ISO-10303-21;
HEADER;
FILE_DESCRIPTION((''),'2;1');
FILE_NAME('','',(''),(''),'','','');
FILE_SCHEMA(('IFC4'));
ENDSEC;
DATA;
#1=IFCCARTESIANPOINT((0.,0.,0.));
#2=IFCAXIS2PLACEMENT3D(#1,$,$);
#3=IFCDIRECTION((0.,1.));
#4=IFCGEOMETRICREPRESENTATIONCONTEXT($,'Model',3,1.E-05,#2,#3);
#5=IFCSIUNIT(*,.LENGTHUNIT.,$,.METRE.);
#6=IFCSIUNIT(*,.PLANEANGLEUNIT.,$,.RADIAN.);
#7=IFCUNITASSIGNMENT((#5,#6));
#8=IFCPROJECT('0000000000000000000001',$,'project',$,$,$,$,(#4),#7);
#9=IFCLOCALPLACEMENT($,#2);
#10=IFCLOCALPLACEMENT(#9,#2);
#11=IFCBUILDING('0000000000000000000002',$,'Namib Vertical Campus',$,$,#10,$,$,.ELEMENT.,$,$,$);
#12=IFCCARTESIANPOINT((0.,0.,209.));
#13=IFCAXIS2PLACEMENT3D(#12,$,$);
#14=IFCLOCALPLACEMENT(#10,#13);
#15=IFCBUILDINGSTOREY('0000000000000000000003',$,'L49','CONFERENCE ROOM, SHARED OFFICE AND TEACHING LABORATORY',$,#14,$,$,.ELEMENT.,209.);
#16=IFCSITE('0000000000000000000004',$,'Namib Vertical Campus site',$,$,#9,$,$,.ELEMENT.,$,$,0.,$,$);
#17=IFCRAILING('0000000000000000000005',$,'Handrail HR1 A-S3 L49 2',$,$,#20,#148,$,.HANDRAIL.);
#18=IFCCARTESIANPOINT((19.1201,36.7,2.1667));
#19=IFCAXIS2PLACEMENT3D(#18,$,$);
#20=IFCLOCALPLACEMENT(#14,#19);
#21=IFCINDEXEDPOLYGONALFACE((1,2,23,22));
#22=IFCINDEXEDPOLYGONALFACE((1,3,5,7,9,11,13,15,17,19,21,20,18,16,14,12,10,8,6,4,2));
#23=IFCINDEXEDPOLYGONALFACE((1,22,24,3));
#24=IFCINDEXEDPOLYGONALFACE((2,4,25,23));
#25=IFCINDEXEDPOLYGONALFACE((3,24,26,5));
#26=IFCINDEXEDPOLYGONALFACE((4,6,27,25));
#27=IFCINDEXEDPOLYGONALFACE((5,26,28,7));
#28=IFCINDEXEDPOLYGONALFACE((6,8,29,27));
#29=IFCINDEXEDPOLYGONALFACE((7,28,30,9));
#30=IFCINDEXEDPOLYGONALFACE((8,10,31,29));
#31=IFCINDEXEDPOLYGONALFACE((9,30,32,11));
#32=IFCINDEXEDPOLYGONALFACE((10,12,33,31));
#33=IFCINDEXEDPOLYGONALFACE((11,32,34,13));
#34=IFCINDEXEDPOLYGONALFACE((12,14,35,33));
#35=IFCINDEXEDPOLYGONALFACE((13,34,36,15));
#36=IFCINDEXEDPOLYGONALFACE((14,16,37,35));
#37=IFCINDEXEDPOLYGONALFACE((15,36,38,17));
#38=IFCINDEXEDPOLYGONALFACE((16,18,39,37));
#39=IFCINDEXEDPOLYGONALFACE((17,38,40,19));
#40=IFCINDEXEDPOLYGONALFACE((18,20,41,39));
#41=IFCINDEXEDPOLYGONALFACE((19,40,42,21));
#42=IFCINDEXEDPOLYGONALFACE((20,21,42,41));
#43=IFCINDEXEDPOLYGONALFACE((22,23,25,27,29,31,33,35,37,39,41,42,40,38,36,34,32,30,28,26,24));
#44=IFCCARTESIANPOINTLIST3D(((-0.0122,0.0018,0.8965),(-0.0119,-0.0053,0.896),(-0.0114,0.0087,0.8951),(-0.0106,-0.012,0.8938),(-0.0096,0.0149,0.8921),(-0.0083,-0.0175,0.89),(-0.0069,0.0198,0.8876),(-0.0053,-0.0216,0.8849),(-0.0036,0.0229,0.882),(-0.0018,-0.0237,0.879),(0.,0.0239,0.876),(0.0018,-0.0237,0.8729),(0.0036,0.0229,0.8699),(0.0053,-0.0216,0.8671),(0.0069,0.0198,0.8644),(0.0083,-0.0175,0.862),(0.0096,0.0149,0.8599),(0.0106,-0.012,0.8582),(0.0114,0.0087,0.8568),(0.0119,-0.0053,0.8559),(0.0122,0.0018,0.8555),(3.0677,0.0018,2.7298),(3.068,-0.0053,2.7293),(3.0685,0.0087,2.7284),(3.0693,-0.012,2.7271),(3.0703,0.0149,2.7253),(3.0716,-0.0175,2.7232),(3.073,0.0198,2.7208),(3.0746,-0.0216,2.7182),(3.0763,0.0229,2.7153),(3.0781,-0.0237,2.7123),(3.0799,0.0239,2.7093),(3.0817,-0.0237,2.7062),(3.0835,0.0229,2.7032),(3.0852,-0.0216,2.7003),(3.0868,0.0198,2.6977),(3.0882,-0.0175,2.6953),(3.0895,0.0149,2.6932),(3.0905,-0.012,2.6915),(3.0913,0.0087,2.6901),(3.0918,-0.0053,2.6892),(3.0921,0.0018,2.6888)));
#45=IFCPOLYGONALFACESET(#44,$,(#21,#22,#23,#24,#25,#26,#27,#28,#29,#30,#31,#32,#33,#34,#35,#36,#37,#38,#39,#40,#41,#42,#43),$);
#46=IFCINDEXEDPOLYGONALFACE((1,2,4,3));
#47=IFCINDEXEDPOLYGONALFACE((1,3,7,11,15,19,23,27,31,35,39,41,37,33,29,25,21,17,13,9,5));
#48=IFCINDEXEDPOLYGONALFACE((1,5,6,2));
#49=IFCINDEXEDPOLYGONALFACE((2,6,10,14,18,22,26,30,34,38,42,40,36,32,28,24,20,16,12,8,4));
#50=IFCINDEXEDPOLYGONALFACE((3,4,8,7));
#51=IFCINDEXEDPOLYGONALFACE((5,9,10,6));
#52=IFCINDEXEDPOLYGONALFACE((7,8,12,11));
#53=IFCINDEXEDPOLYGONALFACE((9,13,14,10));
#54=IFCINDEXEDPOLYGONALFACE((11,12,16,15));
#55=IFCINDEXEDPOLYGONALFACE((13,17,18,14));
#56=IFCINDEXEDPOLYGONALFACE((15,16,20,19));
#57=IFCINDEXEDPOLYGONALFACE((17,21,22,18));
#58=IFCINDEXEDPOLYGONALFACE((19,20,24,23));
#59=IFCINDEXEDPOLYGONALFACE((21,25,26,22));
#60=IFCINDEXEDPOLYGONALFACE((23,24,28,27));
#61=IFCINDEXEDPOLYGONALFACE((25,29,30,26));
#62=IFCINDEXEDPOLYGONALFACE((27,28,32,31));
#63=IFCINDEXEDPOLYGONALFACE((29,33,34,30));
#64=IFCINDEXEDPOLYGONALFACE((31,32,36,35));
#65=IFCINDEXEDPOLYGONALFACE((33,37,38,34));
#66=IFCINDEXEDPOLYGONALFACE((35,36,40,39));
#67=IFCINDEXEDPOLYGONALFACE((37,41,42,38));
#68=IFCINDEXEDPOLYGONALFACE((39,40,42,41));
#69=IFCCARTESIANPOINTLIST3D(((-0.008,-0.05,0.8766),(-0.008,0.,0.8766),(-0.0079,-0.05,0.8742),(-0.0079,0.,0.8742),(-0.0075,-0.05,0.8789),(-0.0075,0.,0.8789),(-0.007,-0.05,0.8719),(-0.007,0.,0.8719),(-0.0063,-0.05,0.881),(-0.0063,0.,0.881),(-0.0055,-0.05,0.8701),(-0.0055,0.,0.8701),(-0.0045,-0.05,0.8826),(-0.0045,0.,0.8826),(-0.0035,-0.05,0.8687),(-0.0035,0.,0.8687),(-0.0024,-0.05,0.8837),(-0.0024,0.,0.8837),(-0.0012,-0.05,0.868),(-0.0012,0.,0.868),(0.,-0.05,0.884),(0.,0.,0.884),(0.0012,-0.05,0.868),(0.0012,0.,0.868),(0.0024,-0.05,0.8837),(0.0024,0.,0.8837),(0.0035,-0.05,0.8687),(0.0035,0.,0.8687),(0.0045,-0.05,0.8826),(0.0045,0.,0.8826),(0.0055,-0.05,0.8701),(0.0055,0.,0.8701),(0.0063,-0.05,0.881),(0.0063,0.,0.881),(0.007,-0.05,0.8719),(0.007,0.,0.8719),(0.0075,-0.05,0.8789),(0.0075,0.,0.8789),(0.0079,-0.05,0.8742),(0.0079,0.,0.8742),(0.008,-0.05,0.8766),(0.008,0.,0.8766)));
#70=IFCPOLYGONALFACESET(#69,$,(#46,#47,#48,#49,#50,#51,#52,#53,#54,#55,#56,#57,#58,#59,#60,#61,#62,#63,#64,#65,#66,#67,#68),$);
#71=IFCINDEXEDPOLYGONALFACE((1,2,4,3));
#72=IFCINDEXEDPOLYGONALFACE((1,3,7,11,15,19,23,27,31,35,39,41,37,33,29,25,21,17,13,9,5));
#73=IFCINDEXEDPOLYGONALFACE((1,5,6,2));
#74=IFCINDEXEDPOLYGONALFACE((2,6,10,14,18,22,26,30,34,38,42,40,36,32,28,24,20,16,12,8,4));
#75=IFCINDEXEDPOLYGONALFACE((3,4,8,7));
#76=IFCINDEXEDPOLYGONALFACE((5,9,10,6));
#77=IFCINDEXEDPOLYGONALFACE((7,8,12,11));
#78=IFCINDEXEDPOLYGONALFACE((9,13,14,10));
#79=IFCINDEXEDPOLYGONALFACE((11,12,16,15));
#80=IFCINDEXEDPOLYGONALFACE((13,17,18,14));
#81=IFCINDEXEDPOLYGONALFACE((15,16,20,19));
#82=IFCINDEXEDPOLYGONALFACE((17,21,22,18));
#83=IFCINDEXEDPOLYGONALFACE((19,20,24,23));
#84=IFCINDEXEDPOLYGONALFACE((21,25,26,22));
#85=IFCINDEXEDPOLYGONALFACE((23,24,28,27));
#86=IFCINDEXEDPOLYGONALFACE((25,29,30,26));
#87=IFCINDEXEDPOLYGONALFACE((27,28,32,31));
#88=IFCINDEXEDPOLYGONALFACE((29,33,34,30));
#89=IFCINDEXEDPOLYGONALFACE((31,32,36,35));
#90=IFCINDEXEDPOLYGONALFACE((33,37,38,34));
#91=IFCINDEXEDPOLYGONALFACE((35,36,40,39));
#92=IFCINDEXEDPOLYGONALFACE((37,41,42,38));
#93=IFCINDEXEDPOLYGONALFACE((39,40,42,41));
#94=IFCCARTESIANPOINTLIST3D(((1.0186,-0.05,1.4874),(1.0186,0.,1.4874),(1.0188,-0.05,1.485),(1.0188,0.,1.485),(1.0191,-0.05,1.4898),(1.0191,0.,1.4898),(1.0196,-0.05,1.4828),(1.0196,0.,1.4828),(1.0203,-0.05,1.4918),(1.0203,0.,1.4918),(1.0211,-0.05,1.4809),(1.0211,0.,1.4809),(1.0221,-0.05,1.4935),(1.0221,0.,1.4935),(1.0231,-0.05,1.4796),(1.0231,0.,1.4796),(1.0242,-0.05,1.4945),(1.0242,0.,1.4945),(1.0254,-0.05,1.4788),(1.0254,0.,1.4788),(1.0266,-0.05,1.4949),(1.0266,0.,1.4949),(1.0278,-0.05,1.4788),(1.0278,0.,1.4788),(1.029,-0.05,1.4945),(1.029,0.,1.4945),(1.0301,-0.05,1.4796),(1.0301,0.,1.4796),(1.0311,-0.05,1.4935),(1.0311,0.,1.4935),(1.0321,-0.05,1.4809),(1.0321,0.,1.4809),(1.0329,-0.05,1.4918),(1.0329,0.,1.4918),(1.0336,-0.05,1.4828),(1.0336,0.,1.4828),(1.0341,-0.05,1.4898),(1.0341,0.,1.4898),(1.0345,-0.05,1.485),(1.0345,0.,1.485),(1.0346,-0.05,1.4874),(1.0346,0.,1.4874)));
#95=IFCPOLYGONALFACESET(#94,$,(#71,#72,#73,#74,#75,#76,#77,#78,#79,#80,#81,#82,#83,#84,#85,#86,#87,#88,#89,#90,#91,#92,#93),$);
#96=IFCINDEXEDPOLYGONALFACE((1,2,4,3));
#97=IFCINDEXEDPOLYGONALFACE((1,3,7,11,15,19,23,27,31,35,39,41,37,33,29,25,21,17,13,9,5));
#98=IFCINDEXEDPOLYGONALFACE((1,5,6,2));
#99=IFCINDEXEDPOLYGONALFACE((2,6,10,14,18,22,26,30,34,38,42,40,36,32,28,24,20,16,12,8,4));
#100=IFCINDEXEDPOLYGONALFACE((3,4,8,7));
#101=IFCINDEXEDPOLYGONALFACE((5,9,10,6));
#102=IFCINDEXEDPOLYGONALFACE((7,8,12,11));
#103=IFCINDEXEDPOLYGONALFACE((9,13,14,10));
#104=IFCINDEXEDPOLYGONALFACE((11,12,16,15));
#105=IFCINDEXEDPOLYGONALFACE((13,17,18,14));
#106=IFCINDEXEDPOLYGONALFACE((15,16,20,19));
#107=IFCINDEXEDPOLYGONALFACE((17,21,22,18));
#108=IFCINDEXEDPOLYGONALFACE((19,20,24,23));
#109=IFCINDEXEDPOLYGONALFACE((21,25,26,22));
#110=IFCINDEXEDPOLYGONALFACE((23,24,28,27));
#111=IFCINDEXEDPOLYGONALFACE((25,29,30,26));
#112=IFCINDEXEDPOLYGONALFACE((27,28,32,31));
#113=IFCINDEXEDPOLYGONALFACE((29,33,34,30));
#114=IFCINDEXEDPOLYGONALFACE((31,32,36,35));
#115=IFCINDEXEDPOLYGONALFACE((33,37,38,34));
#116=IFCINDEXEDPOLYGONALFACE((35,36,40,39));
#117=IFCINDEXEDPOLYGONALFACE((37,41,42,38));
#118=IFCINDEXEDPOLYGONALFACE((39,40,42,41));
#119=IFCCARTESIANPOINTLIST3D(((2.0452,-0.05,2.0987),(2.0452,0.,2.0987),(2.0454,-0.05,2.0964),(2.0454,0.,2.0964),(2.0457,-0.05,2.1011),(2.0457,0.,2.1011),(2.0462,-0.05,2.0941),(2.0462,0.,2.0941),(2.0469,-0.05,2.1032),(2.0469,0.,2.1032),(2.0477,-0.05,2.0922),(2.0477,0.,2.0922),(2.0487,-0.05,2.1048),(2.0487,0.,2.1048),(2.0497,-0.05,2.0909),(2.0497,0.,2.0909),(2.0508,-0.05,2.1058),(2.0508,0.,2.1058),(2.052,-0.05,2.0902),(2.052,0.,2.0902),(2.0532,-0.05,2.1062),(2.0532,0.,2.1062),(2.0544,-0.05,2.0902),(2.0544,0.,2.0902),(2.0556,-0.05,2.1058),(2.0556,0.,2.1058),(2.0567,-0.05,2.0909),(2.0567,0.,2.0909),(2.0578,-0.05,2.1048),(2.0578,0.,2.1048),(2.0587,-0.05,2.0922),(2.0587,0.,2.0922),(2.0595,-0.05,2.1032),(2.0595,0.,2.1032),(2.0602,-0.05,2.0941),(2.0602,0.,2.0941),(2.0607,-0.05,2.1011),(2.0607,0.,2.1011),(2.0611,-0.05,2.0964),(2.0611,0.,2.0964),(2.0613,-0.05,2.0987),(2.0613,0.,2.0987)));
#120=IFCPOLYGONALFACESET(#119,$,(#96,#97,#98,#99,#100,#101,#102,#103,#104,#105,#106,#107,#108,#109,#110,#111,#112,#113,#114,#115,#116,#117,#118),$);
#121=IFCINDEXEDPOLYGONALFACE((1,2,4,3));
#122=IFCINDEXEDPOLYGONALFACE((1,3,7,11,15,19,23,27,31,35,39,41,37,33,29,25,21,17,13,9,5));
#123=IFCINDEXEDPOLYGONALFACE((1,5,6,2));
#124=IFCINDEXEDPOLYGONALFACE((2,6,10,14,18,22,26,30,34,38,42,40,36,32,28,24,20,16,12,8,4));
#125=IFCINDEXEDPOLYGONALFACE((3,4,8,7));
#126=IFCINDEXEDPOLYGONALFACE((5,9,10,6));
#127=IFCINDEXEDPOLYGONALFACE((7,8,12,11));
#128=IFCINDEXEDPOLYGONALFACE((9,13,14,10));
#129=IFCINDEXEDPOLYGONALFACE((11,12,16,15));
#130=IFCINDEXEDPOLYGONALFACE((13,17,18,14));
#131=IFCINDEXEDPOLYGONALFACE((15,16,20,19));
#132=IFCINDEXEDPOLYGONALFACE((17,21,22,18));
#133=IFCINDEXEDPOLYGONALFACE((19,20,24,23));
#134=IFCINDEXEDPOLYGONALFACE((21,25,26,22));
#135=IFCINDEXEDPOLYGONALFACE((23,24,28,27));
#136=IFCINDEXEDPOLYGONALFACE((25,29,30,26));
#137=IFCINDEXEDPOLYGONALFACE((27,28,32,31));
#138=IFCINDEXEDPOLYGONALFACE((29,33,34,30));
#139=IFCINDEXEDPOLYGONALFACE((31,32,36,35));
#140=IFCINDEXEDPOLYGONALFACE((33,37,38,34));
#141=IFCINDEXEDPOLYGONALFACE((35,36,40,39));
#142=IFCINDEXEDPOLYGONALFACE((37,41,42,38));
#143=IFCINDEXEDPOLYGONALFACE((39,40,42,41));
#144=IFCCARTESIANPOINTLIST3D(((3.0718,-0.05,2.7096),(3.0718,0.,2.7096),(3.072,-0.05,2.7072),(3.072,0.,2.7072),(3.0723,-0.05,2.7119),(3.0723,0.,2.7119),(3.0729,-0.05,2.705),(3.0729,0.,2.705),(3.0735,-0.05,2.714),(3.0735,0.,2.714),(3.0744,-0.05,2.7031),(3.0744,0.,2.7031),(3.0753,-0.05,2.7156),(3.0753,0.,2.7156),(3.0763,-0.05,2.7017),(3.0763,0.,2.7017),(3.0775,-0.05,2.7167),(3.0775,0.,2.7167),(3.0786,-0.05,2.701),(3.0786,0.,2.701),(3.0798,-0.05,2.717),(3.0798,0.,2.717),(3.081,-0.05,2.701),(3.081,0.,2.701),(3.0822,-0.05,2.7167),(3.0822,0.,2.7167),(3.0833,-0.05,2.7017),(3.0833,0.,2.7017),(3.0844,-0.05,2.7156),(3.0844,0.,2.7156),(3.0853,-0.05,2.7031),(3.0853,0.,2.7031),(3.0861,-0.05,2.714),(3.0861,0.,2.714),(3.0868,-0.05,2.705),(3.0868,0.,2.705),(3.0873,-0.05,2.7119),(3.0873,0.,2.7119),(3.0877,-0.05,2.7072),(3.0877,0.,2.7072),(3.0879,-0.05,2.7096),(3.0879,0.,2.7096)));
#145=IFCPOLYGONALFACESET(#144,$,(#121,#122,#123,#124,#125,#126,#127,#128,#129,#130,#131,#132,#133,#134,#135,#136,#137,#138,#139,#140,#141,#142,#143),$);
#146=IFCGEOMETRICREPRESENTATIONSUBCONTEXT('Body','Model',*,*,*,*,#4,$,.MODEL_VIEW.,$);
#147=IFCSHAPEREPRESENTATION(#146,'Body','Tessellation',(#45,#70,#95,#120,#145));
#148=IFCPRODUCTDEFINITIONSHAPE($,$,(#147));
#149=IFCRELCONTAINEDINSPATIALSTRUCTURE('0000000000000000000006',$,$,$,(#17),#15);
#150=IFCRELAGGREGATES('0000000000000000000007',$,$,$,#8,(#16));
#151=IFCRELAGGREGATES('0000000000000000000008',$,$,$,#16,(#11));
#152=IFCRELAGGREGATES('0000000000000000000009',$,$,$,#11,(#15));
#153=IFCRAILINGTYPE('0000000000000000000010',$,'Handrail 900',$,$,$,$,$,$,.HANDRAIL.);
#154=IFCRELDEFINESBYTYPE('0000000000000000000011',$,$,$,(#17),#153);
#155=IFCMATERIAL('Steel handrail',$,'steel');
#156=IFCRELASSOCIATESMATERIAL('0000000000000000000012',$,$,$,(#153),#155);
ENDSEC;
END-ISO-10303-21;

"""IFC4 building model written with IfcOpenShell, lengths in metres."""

from ifc_helpers import new_model, si_unit, direction, frame, origin, origin_2d, place, context, subcontext, project, spatial, circle, extrude, material, type_object, element, save


model = new_model("IFC4")

# Units and contexts
model_context = context("Model", 3, precision=1e-05, world=origin(), true_north=direction((0.0, 1.0)))
body_context = subcontext(model_context, "Body", "Model", "MODEL_VIEW")
ifc_project = project(units=[si_unit("LENGTHUNIT", "METRE"), si_unit("PLANEANGLEUNIT", "RADIAN")], contexts=[model_context])

# Site, building, storey
site_placement = place(None, origin())
site = spatial("IfcSite", under=ifc_project, at=site_placement, Name="Namib Vertical Campus site", CompositionType="ELEMENT", RefElevation=0.0)
building_placement = place(site_placement, origin())
building = spatial("IfcBuilding", under=site, at=building_placement, Name="Namib Vertical Campus", CompositionType="ELEMENT")
storey_placement = place(building_placement, frame((0.0, 0.0, 209.0)))
storey = spatial("IfcBuildingStorey", under=building, at=storey_placement, Name="L49", Description="CONFERENCE ROOM, SHARED OFFICE AND TEACHING LABORATORY", CompositionType="ELEMENT", Elevation=209.0)

# Railing
ifc_material_1 = material(Name="Steel handrail", Category="steel")
railing_type_1 = type_object("IfcRailingType", Name="Handrail 900", PredefinedType="HANDRAIL", material=ifc_material_1)
railing_1_placement = place(storey_placement, frame((19.1201, 36.7, 2.1667)))
element("IfcRailing", 1, at=railing_1_placement, inside=storey, type_object=railing_type_1, Name="Handrail HR1 A-S3 L49 2", PredefinedType="HANDRAIL", context=body_context, shape_type="SweptSolid", body=[
    extrude(circle(Radius=0.0239, at=origin_2d()), frame((0.0, 0.0, 0.876), z_axis=(0.859291, 0.0, 0.511487), x_axis=(0.0, 1.0, 0.0)), (0.0, 0.0, 1.0), 3.5842),
    extrude(circle(Radius=0.0081, at=origin_2d()), frame((0.0, 0.0, 0.876), z_axis=(0.0, -1.0, 0.0), x_axis=(0.0, 0.0, 1.0)), (0.0, 0.0, 1.0), 0.05),
    extrude(circle(Radius=0.0081, at=origin_2d()), frame((1.0266, 0.0, 1.4868), z_axis=(0.0, -1.0, 0.0), x_axis=(0.0, 0.0, 1.0)), (0.0, 0.0, 1.0), 0.05),
    extrude(circle(Radius=0.0081, at=origin_2d()), frame((2.0532, 0.0, 2.0981), z_axis=(0.0, -1.0, 0.0), x_axis=(0.0, 0.0, 1.0)), (0.0, 0.0, 1.0), 0.05),
    extrude(circle(Radius=0.0081, at=origin_2d()), frame((3.0798, 0.0, 2.709), z_axis=(0.0, -1.0, 0.0), x_axis=(0.0, 0.0, 1.0)), (0.0, 0.0, 1.0), 0.05),
])

save(model, "model.ifc")
